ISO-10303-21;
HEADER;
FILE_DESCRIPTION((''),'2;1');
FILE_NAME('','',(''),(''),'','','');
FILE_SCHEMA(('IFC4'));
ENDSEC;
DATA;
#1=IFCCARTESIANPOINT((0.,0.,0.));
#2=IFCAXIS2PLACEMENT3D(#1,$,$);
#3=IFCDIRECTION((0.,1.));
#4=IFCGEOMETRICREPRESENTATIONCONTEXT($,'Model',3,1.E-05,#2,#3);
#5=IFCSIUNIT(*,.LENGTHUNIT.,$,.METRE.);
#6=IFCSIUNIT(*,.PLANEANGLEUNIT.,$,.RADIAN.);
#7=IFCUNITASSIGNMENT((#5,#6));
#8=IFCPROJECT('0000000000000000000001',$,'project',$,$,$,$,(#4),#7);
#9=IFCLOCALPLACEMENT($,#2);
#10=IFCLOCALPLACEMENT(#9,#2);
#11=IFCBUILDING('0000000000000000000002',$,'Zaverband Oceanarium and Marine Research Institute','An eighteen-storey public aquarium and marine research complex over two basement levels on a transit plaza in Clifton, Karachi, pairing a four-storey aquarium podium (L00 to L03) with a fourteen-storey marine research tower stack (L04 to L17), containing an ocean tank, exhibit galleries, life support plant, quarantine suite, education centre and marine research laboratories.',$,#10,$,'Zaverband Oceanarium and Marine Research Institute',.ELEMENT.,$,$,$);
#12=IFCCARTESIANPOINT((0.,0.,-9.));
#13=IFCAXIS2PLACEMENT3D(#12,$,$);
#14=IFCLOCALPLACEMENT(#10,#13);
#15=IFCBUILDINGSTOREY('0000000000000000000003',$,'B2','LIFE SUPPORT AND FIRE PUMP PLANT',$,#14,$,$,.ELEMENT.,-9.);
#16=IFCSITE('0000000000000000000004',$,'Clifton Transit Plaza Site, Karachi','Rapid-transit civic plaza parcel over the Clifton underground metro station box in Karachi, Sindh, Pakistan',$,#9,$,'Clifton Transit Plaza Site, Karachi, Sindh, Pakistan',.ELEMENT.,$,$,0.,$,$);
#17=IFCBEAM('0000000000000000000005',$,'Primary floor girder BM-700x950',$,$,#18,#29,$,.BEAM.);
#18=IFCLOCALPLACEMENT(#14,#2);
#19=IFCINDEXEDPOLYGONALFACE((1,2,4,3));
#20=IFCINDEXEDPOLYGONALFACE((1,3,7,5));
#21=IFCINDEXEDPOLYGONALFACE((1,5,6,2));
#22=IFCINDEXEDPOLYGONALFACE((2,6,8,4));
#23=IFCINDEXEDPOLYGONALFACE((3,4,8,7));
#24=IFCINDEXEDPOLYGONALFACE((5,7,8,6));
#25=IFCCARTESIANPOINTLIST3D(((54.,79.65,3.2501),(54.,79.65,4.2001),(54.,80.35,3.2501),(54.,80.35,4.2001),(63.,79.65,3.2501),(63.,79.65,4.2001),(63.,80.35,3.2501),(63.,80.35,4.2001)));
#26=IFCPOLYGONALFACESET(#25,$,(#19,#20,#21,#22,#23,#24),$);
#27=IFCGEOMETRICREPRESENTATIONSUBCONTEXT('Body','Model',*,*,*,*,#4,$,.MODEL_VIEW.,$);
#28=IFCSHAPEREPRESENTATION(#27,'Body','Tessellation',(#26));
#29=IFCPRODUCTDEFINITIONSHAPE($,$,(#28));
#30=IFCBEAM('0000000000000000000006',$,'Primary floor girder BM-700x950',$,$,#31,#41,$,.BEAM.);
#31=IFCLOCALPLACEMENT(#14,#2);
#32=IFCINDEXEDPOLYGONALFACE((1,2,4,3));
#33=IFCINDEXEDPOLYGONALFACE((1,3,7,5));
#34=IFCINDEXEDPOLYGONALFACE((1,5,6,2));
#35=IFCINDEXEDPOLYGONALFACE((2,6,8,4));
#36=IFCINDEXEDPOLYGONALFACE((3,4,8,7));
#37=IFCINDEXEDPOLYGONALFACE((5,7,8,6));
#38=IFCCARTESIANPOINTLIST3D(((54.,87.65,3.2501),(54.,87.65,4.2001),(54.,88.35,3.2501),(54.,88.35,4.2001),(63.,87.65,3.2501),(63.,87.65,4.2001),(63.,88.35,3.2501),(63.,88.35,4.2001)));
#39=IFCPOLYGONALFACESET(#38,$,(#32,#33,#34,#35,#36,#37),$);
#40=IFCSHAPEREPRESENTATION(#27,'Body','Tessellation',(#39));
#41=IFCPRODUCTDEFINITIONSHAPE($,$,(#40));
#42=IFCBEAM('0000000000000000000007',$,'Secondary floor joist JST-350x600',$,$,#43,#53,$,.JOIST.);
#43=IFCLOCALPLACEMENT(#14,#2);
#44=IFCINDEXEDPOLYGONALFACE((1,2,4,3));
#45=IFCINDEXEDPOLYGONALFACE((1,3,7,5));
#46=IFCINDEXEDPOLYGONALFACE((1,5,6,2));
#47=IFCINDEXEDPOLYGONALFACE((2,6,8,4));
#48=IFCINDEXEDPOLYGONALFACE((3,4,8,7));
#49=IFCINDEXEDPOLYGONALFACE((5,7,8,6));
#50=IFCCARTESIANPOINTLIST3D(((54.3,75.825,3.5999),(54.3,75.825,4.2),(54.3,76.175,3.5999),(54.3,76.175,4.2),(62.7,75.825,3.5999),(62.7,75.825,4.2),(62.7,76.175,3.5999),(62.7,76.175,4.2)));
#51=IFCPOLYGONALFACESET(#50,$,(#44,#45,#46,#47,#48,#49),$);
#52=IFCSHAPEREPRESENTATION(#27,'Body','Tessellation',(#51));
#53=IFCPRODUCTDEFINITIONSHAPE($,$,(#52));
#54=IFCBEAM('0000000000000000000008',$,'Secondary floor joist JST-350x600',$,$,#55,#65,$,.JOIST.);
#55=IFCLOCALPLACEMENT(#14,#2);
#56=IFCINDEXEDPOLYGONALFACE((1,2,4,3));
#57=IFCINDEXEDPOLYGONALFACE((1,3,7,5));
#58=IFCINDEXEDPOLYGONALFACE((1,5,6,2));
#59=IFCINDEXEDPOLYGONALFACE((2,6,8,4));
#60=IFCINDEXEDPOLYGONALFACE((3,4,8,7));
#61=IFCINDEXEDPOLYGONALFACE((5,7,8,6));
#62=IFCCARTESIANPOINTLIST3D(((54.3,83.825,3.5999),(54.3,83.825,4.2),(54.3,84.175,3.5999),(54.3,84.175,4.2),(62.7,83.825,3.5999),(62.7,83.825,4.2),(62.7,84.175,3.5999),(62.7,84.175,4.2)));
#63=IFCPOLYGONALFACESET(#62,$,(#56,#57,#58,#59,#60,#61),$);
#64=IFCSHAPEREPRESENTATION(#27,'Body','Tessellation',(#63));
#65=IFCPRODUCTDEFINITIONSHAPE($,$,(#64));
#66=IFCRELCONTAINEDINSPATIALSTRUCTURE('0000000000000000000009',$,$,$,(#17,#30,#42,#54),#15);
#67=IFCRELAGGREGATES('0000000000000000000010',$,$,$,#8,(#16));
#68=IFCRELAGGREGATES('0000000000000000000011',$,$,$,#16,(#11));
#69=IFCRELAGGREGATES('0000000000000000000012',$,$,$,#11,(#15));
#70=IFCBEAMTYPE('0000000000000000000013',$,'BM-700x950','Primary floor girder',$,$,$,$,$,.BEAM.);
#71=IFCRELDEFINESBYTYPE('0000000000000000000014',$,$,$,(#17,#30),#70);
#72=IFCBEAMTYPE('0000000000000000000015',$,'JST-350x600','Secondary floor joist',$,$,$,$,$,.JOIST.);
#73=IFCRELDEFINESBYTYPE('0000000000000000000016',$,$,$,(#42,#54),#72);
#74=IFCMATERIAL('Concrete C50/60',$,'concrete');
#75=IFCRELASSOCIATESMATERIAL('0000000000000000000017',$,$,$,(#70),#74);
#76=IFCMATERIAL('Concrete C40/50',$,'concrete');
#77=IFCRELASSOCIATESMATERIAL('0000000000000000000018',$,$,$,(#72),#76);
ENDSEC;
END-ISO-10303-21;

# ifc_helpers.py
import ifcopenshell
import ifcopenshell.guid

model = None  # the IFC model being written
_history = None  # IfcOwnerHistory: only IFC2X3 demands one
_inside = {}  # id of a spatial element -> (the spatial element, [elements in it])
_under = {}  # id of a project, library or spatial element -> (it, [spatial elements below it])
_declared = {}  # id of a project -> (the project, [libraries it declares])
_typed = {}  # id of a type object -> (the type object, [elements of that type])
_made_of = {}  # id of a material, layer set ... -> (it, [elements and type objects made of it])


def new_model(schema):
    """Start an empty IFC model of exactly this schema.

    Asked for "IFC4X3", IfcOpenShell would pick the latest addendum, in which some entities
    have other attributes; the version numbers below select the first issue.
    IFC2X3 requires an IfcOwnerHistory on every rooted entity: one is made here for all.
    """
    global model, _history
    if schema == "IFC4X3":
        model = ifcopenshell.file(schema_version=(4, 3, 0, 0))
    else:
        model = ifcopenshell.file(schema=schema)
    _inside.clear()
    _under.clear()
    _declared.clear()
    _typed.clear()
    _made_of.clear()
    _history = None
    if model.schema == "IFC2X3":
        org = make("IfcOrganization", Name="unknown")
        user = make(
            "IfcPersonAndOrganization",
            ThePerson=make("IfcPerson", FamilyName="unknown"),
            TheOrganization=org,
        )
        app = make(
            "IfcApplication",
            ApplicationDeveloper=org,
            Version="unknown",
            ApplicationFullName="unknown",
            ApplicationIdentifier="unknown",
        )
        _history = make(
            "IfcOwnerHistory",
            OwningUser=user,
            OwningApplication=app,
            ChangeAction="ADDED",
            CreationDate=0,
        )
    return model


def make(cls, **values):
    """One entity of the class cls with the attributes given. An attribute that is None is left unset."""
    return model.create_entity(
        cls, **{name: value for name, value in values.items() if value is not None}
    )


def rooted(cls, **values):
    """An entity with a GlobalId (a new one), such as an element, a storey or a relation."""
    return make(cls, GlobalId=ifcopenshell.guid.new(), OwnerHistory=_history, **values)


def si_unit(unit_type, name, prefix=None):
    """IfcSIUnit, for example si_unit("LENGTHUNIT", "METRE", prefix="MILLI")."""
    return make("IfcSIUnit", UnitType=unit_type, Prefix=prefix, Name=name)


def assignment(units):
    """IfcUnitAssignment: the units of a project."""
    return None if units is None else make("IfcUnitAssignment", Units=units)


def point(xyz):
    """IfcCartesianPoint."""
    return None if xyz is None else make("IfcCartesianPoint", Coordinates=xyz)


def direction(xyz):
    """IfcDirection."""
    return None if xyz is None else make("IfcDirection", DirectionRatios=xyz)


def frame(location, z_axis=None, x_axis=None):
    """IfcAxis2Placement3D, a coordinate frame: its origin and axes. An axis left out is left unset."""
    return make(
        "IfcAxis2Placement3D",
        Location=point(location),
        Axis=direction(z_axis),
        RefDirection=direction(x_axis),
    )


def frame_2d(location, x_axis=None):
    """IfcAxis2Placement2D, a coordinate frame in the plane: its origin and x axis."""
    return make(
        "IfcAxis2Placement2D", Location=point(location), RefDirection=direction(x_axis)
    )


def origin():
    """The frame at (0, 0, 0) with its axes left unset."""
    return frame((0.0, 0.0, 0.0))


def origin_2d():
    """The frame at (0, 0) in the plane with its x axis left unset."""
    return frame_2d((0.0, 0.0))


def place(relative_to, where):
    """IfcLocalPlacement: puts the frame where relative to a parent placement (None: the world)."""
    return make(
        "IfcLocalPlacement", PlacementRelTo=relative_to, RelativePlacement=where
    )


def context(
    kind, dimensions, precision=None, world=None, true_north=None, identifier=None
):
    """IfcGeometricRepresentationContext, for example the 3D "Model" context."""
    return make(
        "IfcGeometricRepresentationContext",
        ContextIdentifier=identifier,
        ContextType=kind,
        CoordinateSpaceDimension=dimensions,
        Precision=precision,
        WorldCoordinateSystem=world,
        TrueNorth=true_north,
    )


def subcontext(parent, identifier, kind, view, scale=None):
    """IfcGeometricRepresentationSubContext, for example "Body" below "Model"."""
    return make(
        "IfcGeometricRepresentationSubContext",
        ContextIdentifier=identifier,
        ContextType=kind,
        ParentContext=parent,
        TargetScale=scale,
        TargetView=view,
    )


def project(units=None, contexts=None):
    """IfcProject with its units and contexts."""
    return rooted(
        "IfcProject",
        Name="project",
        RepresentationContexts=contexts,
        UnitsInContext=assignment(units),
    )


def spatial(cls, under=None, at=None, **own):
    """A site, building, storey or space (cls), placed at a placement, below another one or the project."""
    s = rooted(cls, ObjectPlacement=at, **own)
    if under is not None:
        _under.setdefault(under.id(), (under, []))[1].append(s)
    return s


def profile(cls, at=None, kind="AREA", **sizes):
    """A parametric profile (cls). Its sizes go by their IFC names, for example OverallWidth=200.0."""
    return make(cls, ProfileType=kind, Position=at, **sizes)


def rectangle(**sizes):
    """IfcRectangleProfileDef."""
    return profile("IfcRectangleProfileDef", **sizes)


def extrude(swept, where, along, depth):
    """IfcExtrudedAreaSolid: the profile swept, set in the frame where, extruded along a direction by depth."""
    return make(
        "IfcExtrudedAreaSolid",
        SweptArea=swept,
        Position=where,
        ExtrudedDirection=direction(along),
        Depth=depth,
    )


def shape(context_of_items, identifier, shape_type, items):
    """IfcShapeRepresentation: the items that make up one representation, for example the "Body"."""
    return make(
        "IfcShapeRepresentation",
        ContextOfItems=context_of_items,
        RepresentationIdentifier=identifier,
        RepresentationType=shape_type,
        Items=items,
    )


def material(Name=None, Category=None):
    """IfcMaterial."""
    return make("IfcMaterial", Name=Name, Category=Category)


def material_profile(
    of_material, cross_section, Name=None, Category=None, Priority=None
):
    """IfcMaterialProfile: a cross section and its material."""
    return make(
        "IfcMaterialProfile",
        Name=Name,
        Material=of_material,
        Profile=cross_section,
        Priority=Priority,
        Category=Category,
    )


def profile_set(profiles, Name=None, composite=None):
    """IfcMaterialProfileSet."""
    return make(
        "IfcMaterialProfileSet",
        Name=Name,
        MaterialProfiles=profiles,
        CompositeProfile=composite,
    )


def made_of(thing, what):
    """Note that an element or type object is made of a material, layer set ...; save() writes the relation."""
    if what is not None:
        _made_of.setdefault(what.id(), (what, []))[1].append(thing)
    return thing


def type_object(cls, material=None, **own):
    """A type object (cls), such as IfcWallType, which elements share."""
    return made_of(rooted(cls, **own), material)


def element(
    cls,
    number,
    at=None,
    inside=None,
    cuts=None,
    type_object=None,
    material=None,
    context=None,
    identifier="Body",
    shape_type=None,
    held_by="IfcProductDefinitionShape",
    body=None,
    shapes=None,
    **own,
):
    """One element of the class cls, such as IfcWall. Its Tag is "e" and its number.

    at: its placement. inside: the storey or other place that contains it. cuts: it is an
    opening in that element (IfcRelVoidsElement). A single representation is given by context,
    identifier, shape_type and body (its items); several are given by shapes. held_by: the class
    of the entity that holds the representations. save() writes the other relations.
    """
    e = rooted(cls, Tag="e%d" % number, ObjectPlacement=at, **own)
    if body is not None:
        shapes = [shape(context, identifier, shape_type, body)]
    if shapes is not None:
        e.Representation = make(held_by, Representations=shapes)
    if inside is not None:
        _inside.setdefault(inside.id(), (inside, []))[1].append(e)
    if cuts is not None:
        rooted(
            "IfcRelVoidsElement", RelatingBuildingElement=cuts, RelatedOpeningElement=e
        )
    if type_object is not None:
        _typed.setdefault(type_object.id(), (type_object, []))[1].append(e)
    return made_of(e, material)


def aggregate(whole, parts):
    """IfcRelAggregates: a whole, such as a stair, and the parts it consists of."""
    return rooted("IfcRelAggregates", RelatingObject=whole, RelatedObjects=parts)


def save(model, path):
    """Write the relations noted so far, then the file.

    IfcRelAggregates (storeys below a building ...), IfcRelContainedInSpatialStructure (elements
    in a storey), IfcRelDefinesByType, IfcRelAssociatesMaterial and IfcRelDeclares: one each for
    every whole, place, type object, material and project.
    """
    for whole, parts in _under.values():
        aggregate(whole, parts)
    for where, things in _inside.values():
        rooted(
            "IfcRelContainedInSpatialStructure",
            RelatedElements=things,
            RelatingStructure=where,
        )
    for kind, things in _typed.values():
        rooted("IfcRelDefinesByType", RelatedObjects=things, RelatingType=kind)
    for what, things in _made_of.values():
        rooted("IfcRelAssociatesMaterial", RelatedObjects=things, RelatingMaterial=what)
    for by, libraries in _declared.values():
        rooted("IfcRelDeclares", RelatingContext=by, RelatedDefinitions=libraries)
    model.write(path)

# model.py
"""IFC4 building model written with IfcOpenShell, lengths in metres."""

from ifc_helpers import new_model, si_unit, direction, frame, origin, origin_2d, place, context, subcontext, project, spatial, rectangle, extrude, material, material_profile, profile_set, type_object, element, save


model = new_model("IFC4")

# Units and contexts
model_context = context("Model", 3, precision=1e-05, world=origin(), true_north=direction((0.0, 1.0)))
body_context = subcontext(model_context, "Body", "Model", "MODEL_VIEW")
ifc_project = project(units=[si_unit("LENGTHUNIT", "METRE"), si_unit("PLANEANGLEUNIT", "RADIAN")], contexts=[model_context])

# Site, building, storey
site_placement = place(None, origin())
site = spatial("IfcSite", under=ifc_project, at=site_placement, Name="Clifton Transit Plaza Site, Karachi", Description="Rapid-transit civic plaza parcel over the Clifton underground metro station box in Karachi, Sindh, Pakistan", LongName="Clifton Transit Plaza Site, Karachi, Sindh, Pakistan", CompositionType="ELEMENT", RefElevation=0.0)
building_placement = place(site_placement, origin())
building = spatial("IfcBuilding", under=site, at=building_placement, Name="Zaverband Oceanarium and Marine Research Institute", Description="An eighteen-storey public aquarium and marine research complex over two basement levels on a transit plaza in Clifton, Karachi, pairing a four-storey aquarium podium (L00 to L03) with a fourteen-storey marine research tower stack (L04 to L17), containing an ocean tank, exhibit galleries, life support plant, quarantine suite, education centre and marine research laboratories.", LongName="Zaverband Oceanarium and Marine Research Institute", CompositionType="ELEMENT")
storey_placement = place(building_placement, frame((0.0, 0.0, -9.0)))
storey = spatial("IfcBuildingStorey", under=building, at=storey_placement, Name="B2", Description="LIFE SUPPORT AND FIRE PUMP PLANT", CompositionType="ELEMENT", Elevation=-9.0)

# Shared definitions
ifc_material_1 = material(Name="Concrete C50/60", Category="concrete")

# Beams
ifc_material_2 = material(Name="Concrete C40/50", Category="concrete")
ifc_material_profile_1 = material_profile(ifc_material_1, rectangle(XDim=0.7, YDim=0.95, at=origin_2d()), Name="RC700x950")
ifc_profile_set_1 = profile_set([ifc_material_profile_1], Name="Concrete C50/60")
beam_type_1 = type_object("IfcBeamType", Name="BM-700x950", Description="Primary floor girder", PredefinedType="BEAM", material=ifc_profile_set_1)
for number, where, z_axis, x_axis, name in (
    (1, (54.0, 80.0, 3.7251), (1.0, 0.0, 0.0), (0.0, 1.0, 0.0), "Primary floor girder BM-700x950"),
    (2, (54.0, 88.0, 3.7251), (1.0, 0.0, 0.0), (0.0, 1.0, 0.0), "Primary floor girder BM-700x950"),
):
    element("IfcBeam", number, at=place(storey_placement, frame(where, z_axis=z_axis, x_axis=x_axis)), inside=storey, type_object=beam_type_1, Name=name, PredefinedType="BEAM", context=body_context, shape_type="SweptSolid", body=[
        extrude(rectangle(XDim=0.7, YDim=0.95, at=origin_2d()), origin(), (0.0, 0.0, 1.0), 9.0),
    ])
ifc_material_profile_2 = material_profile(ifc_material_2, rectangle(XDim=0.3501, YDim=0.6001, at=origin_2d()), Name="RC350x600")
ifc_profile_set_2 = profile_set([ifc_material_profile_2], Name="Concrete C40/50")
beam_type_2 = type_object("IfcBeamType", Name="JST-350x600", Description="Secondary floor joist", PredefinedType="JOIST", material=ifc_profile_set_2)
for number, where, z_axis, x_axis, name in (
    (3, (54.3, 76.0, 3.8999), (1.0, 0.0, 0.0), (0.0, 1.0, 0.0), "Secondary floor joist JST-350x600"),
    (4, (54.3, 84.0, 3.8999), (1.0, 0.0, 0.0), (0.0, 1.0, 0.0), "Secondary floor joist JST-350x600"),
):
    element("IfcBeam", number, at=place(storey_placement, frame(where, z_axis=z_axis, x_axis=x_axis)), inside=storey, type_object=beam_type_2, Name=name, PredefinedType="JOIST", context=body_context, shape_type="SweptSolid", body=[
        extrude(rectangle(XDim=0.3501, YDim=0.6001, at=origin_2d()), origin(), (0.0, 0.0, 1.0), 8.3999),
    ])

save(model, "model.ifc")
